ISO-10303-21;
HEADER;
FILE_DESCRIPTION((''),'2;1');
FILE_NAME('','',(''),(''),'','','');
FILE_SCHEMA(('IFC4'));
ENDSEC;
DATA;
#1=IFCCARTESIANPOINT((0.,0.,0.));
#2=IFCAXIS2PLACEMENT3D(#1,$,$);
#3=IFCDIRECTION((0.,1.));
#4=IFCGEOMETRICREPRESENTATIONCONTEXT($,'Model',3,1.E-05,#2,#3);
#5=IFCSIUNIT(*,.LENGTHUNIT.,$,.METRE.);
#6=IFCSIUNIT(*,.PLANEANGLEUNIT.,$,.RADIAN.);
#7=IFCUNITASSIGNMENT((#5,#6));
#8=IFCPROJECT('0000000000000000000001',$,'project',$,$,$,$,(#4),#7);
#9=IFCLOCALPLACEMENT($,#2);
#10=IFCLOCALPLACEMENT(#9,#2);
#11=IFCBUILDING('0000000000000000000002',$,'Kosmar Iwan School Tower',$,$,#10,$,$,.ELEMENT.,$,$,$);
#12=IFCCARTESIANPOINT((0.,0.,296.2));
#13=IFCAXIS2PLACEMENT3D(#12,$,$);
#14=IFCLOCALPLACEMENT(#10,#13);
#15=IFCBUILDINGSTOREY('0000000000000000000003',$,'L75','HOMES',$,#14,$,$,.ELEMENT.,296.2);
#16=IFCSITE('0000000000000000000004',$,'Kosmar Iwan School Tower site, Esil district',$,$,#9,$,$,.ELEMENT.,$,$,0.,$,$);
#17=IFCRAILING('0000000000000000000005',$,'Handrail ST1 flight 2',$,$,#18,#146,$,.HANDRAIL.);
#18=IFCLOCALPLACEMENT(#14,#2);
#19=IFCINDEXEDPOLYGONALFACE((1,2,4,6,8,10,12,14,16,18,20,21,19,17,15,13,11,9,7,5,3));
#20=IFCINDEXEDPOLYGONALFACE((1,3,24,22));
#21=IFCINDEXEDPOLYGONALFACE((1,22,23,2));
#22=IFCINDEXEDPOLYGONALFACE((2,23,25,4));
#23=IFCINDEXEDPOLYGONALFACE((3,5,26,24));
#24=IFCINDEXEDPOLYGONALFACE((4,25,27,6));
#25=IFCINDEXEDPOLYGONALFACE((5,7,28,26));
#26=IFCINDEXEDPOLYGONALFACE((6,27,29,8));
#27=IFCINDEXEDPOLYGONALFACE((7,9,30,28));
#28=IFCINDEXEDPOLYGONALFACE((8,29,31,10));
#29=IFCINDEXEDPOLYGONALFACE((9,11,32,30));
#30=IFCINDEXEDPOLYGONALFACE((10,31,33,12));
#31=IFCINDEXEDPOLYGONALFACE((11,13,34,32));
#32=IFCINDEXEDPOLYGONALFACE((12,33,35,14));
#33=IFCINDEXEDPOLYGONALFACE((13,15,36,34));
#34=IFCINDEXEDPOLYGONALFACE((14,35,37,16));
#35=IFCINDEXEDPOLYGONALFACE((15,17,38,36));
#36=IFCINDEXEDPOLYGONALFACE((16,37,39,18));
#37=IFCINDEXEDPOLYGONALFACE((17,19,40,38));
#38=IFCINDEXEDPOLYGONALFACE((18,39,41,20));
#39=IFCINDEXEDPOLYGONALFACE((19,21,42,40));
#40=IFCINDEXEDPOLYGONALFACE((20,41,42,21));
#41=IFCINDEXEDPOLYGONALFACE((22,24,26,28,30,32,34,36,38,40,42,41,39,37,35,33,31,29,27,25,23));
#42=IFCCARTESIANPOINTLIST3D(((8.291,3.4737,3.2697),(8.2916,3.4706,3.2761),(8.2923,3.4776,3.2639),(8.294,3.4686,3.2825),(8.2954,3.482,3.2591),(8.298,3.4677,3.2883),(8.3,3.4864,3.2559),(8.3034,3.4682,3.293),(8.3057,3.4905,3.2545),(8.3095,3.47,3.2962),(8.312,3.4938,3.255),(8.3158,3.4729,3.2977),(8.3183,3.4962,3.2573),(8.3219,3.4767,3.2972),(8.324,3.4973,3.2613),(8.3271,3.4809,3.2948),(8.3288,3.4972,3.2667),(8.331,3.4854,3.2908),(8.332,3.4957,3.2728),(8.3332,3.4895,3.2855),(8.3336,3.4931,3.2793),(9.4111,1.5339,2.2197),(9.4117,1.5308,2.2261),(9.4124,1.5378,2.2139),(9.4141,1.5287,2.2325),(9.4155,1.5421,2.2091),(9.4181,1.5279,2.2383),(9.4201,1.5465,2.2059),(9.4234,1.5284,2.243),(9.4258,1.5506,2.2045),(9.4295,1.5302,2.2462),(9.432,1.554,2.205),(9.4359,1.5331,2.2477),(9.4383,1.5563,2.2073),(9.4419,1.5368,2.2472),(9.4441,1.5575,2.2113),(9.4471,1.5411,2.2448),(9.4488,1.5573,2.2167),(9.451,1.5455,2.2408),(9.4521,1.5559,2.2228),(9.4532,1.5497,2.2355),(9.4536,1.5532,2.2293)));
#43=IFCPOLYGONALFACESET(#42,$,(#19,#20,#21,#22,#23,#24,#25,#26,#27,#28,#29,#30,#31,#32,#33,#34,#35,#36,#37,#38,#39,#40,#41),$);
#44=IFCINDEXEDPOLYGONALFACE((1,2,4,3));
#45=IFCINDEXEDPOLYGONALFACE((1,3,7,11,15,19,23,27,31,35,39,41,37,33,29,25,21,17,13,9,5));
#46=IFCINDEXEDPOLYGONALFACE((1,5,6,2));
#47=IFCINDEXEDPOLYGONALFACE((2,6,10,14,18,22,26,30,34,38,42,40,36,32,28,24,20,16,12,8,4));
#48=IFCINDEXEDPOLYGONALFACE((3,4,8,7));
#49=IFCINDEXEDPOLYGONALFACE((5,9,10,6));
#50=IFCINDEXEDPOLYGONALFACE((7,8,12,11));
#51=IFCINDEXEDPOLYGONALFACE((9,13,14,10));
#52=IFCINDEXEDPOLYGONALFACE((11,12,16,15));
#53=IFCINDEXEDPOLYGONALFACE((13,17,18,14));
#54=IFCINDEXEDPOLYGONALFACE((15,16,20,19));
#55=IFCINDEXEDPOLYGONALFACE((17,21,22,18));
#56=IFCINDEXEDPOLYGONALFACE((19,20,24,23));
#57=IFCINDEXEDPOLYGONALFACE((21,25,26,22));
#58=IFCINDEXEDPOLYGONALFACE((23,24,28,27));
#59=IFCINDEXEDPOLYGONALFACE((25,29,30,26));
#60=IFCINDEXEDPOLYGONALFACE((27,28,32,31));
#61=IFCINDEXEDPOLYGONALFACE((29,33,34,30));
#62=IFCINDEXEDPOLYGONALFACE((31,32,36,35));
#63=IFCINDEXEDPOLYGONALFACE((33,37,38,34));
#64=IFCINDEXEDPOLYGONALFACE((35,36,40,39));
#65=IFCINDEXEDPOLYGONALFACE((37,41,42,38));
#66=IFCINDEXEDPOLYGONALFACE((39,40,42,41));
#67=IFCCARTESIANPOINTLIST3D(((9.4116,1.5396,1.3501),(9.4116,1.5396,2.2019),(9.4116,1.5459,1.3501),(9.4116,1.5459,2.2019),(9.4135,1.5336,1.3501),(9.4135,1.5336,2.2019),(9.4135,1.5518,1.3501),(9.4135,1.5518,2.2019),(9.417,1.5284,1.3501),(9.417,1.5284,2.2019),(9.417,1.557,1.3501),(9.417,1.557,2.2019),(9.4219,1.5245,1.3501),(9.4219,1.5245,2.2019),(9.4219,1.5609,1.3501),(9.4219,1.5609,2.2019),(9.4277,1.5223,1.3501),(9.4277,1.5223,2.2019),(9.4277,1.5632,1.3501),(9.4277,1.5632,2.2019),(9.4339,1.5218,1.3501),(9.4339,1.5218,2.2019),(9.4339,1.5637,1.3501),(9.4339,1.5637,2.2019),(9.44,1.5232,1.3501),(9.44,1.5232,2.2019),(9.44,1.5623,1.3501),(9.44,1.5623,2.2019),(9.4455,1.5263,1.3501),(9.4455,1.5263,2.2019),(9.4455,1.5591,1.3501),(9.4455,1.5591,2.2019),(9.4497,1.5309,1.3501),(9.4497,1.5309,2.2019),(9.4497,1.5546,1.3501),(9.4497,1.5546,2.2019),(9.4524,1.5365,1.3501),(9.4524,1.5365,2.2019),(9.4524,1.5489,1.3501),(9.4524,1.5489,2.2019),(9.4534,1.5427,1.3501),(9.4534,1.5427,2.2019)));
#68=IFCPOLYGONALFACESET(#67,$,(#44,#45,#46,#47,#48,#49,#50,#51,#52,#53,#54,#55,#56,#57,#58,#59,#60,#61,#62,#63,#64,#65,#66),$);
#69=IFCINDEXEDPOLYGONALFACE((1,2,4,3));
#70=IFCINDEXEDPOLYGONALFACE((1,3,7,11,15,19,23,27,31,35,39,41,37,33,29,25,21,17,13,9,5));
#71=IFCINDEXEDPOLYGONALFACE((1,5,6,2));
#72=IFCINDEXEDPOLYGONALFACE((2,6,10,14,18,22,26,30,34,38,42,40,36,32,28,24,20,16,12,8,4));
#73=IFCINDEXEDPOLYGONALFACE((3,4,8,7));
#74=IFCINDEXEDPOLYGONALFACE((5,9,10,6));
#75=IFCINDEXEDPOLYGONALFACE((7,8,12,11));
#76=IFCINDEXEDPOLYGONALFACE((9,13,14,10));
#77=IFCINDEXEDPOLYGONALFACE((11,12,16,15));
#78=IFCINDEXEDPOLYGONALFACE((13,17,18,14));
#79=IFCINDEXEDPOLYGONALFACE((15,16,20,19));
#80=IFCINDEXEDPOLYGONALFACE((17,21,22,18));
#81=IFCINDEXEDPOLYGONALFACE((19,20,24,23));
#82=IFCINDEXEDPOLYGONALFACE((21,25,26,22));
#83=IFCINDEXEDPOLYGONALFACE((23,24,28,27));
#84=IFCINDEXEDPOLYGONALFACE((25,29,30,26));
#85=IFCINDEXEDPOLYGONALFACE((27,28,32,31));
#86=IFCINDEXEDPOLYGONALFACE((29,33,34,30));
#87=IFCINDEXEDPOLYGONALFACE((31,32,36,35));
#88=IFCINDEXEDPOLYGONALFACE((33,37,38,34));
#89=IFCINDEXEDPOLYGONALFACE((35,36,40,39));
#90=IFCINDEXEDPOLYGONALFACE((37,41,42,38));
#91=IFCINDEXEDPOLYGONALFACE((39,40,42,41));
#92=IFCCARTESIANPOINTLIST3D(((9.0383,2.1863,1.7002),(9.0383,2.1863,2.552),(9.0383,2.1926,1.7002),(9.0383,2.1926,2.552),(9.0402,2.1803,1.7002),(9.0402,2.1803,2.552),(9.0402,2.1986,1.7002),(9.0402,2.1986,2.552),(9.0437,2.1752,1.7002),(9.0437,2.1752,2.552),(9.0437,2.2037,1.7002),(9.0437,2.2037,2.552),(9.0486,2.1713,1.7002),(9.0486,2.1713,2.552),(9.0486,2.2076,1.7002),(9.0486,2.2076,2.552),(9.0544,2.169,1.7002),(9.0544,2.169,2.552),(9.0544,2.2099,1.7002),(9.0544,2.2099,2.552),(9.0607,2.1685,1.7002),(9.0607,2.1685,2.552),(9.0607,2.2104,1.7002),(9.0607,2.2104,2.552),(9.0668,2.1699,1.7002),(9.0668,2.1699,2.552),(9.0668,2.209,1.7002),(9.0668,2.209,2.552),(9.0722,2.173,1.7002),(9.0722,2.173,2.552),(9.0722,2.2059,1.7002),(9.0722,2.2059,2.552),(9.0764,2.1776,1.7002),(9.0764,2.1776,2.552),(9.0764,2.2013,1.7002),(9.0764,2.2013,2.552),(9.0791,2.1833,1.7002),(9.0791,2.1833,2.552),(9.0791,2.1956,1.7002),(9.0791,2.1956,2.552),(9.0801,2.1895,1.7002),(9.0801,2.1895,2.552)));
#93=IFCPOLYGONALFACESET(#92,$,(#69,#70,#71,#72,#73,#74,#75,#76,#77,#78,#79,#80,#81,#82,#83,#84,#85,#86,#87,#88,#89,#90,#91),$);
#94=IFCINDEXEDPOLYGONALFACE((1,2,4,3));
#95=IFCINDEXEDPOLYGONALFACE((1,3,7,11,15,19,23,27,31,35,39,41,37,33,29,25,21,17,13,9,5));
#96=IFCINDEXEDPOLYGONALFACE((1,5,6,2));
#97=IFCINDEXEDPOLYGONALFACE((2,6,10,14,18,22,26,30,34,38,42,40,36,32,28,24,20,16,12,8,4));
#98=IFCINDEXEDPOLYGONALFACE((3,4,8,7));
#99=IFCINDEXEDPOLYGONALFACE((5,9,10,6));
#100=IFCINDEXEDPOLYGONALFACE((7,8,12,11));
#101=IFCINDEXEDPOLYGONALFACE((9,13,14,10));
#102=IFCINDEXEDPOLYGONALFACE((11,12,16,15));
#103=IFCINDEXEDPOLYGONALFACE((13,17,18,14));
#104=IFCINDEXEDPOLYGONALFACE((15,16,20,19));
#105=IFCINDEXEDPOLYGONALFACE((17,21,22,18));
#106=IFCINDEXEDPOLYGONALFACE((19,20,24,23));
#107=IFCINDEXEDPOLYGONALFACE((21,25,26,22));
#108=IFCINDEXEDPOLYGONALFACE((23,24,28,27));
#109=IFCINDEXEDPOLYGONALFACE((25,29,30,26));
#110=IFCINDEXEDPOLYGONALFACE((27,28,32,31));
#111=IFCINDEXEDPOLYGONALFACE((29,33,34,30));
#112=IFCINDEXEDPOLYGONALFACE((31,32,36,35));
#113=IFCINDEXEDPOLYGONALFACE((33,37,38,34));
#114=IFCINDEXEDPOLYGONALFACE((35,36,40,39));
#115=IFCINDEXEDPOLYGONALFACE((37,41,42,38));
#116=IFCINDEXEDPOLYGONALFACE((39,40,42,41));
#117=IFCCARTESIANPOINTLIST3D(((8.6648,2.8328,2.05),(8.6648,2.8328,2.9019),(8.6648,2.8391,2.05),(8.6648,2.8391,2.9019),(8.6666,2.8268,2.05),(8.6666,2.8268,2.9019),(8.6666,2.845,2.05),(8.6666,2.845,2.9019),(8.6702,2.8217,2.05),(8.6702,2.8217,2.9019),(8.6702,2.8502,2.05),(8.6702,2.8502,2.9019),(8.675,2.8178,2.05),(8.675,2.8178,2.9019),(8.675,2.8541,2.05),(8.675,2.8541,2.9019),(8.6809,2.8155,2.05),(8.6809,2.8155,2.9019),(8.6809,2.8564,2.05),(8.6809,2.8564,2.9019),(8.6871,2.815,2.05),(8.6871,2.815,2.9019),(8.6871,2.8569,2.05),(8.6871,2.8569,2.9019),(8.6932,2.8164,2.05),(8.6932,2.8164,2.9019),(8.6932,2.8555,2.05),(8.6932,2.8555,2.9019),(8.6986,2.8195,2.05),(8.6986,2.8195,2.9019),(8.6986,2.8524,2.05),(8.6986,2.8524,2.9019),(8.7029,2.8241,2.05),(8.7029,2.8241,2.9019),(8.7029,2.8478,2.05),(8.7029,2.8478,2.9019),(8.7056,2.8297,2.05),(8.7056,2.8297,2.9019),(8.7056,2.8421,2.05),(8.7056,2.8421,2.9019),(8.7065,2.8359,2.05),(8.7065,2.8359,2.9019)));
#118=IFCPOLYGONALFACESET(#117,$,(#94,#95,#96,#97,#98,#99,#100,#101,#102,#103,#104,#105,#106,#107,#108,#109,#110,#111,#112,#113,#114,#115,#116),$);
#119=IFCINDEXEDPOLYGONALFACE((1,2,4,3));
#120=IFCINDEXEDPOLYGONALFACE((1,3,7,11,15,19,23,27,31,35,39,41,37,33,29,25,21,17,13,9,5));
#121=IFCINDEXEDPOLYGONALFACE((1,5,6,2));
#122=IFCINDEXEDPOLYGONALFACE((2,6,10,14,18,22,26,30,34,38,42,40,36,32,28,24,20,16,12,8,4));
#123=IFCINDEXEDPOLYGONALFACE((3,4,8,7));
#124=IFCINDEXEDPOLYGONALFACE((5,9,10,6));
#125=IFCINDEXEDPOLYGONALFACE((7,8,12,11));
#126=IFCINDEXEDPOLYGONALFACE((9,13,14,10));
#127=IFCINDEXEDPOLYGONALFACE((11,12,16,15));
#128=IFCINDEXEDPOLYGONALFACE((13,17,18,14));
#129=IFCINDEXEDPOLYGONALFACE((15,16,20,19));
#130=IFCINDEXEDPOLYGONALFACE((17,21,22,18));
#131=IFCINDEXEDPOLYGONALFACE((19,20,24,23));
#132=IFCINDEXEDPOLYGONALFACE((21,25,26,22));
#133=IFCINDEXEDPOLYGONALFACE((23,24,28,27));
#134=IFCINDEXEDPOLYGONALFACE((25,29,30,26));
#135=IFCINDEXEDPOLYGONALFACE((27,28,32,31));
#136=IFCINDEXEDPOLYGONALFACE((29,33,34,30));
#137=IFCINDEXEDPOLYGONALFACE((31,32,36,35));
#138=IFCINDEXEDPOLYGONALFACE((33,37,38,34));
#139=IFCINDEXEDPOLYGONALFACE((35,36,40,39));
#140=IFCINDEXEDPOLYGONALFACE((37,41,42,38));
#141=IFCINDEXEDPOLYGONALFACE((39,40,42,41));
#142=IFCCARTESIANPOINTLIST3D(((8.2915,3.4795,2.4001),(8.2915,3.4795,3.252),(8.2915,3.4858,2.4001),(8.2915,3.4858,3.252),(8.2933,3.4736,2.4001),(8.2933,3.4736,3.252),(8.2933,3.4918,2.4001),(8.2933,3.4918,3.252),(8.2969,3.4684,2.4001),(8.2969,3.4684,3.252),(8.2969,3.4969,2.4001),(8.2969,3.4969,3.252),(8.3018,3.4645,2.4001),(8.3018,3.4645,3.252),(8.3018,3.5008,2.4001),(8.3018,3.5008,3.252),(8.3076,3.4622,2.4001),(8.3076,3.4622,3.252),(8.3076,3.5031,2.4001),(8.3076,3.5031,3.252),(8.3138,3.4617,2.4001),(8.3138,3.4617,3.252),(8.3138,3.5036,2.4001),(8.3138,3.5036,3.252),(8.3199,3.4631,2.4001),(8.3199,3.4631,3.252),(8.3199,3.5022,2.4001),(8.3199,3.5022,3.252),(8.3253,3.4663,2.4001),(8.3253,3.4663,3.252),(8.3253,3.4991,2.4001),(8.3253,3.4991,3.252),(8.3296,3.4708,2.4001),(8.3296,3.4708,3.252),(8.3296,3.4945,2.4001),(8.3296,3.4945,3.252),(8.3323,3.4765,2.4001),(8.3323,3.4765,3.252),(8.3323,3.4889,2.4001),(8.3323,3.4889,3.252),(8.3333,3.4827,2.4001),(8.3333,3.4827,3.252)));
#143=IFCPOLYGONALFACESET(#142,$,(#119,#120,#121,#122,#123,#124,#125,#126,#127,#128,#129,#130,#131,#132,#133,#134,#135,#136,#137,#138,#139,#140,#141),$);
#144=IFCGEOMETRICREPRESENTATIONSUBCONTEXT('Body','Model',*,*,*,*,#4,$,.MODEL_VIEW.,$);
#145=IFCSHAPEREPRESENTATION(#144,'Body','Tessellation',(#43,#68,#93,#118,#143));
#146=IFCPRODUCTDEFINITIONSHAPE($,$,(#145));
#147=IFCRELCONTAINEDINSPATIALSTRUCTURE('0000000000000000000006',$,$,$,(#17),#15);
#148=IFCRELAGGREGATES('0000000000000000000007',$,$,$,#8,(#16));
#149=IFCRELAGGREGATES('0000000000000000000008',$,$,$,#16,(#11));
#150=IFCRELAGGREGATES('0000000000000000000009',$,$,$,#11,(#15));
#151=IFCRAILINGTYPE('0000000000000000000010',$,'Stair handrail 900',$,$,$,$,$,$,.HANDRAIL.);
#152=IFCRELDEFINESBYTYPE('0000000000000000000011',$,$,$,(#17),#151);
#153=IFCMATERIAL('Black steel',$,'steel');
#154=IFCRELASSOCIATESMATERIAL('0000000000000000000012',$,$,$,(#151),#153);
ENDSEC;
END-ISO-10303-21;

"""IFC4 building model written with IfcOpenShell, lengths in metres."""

from ifc_helpers import new_model, si_unit, direction, frame, origin, origin_2d, place, context, subcontext, project, spatial, circle, extrude, material, type_object, element, save


model = new_model("IFC4")

# Units and contexts
model_context = context("Model", 3, precision=1e-05, world=origin(), true_north=direction((0.0, 1.0)))
body_context = subcontext(model_context, "Body", "Model", "MODEL_VIEW")
ifc_project = project(units=[si_unit("LENGTHUNIT", "METRE"), si_unit("PLANEANGLEUNIT", "RADIAN")], contexts=[model_context])

# Site, building, storey
site_placement = place(None, origin())
site = spatial("IfcSite", under=ifc_project, at=site_placement, Name="Kosmar Iwan School Tower site, Esil district", CompositionType="ELEMENT", RefElevation=0.0)
building_placement = place(site_placement, origin())
building = spatial("IfcBuilding", under=site, at=building_placement, Name="Kosmar Iwan School Tower", CompositionType="ELEMENT")
storey_placement = place(building_placement, frame((0.0, 0.0, 296.2)))
storey = spatial("IfcBuildingStorey", under=building, at=storey_placement, Name="L75", Description="HOMES", CompositionType="ELEMENT", Elevation=296.2)

# Railing
ifc_material_1 = material(Name="Black steel", Category="steel")
railing_type = type_object("IfcRailingType", Name="Stair handrail 900", PredefinedType="HANDRAIL", material=ifc_material_1)
railing_1_placement = place(storey_placement, frame((9.4324, 1.5427, 1.3501)))
element("IfcRailing", 1, at=railing_1_placement, inside=storey, type_object=railing_type, Name="Handrail ST1 flight 2", PredefinedType="HANDRAIL", context=body_context, shape_type="SweptSolid", body=[
    extrude(circle(Radius=0.0239, at=origin_2d()), frame((0.0, 0.0, 0.876), z_axis=(-0.452757, 0.784134, 0.424435), x_axis=(-0.866008, -0.500031, 0.0)), (0.0, 0.0, 1.0), 2.4739),
    extrude(circle(Radius=0.021, at=origin_2d()), origin(), (0.0, 0.0, 1.0), 0.8518),
    extrude(circle(Radius=0.021, at=origin_2d()), frame((-0.3733, 0.6467, 0.3501)), (0.0, 0.0, 1.0), 0.8518),
    extrude(circle(Radius=0.021, at=origin_2d()), frame((-0.7468, 1.2932, 0.7)), (0.0, 0.0, 1.0), 0.8518),
    extrude(circle(Radius=0.021, at=origin_2d()), frame((-1.1201, 1.9399, 1.05)), (0.0, 0.0, 1.0), 0.8518),
])

save(model, "model.ifc")
